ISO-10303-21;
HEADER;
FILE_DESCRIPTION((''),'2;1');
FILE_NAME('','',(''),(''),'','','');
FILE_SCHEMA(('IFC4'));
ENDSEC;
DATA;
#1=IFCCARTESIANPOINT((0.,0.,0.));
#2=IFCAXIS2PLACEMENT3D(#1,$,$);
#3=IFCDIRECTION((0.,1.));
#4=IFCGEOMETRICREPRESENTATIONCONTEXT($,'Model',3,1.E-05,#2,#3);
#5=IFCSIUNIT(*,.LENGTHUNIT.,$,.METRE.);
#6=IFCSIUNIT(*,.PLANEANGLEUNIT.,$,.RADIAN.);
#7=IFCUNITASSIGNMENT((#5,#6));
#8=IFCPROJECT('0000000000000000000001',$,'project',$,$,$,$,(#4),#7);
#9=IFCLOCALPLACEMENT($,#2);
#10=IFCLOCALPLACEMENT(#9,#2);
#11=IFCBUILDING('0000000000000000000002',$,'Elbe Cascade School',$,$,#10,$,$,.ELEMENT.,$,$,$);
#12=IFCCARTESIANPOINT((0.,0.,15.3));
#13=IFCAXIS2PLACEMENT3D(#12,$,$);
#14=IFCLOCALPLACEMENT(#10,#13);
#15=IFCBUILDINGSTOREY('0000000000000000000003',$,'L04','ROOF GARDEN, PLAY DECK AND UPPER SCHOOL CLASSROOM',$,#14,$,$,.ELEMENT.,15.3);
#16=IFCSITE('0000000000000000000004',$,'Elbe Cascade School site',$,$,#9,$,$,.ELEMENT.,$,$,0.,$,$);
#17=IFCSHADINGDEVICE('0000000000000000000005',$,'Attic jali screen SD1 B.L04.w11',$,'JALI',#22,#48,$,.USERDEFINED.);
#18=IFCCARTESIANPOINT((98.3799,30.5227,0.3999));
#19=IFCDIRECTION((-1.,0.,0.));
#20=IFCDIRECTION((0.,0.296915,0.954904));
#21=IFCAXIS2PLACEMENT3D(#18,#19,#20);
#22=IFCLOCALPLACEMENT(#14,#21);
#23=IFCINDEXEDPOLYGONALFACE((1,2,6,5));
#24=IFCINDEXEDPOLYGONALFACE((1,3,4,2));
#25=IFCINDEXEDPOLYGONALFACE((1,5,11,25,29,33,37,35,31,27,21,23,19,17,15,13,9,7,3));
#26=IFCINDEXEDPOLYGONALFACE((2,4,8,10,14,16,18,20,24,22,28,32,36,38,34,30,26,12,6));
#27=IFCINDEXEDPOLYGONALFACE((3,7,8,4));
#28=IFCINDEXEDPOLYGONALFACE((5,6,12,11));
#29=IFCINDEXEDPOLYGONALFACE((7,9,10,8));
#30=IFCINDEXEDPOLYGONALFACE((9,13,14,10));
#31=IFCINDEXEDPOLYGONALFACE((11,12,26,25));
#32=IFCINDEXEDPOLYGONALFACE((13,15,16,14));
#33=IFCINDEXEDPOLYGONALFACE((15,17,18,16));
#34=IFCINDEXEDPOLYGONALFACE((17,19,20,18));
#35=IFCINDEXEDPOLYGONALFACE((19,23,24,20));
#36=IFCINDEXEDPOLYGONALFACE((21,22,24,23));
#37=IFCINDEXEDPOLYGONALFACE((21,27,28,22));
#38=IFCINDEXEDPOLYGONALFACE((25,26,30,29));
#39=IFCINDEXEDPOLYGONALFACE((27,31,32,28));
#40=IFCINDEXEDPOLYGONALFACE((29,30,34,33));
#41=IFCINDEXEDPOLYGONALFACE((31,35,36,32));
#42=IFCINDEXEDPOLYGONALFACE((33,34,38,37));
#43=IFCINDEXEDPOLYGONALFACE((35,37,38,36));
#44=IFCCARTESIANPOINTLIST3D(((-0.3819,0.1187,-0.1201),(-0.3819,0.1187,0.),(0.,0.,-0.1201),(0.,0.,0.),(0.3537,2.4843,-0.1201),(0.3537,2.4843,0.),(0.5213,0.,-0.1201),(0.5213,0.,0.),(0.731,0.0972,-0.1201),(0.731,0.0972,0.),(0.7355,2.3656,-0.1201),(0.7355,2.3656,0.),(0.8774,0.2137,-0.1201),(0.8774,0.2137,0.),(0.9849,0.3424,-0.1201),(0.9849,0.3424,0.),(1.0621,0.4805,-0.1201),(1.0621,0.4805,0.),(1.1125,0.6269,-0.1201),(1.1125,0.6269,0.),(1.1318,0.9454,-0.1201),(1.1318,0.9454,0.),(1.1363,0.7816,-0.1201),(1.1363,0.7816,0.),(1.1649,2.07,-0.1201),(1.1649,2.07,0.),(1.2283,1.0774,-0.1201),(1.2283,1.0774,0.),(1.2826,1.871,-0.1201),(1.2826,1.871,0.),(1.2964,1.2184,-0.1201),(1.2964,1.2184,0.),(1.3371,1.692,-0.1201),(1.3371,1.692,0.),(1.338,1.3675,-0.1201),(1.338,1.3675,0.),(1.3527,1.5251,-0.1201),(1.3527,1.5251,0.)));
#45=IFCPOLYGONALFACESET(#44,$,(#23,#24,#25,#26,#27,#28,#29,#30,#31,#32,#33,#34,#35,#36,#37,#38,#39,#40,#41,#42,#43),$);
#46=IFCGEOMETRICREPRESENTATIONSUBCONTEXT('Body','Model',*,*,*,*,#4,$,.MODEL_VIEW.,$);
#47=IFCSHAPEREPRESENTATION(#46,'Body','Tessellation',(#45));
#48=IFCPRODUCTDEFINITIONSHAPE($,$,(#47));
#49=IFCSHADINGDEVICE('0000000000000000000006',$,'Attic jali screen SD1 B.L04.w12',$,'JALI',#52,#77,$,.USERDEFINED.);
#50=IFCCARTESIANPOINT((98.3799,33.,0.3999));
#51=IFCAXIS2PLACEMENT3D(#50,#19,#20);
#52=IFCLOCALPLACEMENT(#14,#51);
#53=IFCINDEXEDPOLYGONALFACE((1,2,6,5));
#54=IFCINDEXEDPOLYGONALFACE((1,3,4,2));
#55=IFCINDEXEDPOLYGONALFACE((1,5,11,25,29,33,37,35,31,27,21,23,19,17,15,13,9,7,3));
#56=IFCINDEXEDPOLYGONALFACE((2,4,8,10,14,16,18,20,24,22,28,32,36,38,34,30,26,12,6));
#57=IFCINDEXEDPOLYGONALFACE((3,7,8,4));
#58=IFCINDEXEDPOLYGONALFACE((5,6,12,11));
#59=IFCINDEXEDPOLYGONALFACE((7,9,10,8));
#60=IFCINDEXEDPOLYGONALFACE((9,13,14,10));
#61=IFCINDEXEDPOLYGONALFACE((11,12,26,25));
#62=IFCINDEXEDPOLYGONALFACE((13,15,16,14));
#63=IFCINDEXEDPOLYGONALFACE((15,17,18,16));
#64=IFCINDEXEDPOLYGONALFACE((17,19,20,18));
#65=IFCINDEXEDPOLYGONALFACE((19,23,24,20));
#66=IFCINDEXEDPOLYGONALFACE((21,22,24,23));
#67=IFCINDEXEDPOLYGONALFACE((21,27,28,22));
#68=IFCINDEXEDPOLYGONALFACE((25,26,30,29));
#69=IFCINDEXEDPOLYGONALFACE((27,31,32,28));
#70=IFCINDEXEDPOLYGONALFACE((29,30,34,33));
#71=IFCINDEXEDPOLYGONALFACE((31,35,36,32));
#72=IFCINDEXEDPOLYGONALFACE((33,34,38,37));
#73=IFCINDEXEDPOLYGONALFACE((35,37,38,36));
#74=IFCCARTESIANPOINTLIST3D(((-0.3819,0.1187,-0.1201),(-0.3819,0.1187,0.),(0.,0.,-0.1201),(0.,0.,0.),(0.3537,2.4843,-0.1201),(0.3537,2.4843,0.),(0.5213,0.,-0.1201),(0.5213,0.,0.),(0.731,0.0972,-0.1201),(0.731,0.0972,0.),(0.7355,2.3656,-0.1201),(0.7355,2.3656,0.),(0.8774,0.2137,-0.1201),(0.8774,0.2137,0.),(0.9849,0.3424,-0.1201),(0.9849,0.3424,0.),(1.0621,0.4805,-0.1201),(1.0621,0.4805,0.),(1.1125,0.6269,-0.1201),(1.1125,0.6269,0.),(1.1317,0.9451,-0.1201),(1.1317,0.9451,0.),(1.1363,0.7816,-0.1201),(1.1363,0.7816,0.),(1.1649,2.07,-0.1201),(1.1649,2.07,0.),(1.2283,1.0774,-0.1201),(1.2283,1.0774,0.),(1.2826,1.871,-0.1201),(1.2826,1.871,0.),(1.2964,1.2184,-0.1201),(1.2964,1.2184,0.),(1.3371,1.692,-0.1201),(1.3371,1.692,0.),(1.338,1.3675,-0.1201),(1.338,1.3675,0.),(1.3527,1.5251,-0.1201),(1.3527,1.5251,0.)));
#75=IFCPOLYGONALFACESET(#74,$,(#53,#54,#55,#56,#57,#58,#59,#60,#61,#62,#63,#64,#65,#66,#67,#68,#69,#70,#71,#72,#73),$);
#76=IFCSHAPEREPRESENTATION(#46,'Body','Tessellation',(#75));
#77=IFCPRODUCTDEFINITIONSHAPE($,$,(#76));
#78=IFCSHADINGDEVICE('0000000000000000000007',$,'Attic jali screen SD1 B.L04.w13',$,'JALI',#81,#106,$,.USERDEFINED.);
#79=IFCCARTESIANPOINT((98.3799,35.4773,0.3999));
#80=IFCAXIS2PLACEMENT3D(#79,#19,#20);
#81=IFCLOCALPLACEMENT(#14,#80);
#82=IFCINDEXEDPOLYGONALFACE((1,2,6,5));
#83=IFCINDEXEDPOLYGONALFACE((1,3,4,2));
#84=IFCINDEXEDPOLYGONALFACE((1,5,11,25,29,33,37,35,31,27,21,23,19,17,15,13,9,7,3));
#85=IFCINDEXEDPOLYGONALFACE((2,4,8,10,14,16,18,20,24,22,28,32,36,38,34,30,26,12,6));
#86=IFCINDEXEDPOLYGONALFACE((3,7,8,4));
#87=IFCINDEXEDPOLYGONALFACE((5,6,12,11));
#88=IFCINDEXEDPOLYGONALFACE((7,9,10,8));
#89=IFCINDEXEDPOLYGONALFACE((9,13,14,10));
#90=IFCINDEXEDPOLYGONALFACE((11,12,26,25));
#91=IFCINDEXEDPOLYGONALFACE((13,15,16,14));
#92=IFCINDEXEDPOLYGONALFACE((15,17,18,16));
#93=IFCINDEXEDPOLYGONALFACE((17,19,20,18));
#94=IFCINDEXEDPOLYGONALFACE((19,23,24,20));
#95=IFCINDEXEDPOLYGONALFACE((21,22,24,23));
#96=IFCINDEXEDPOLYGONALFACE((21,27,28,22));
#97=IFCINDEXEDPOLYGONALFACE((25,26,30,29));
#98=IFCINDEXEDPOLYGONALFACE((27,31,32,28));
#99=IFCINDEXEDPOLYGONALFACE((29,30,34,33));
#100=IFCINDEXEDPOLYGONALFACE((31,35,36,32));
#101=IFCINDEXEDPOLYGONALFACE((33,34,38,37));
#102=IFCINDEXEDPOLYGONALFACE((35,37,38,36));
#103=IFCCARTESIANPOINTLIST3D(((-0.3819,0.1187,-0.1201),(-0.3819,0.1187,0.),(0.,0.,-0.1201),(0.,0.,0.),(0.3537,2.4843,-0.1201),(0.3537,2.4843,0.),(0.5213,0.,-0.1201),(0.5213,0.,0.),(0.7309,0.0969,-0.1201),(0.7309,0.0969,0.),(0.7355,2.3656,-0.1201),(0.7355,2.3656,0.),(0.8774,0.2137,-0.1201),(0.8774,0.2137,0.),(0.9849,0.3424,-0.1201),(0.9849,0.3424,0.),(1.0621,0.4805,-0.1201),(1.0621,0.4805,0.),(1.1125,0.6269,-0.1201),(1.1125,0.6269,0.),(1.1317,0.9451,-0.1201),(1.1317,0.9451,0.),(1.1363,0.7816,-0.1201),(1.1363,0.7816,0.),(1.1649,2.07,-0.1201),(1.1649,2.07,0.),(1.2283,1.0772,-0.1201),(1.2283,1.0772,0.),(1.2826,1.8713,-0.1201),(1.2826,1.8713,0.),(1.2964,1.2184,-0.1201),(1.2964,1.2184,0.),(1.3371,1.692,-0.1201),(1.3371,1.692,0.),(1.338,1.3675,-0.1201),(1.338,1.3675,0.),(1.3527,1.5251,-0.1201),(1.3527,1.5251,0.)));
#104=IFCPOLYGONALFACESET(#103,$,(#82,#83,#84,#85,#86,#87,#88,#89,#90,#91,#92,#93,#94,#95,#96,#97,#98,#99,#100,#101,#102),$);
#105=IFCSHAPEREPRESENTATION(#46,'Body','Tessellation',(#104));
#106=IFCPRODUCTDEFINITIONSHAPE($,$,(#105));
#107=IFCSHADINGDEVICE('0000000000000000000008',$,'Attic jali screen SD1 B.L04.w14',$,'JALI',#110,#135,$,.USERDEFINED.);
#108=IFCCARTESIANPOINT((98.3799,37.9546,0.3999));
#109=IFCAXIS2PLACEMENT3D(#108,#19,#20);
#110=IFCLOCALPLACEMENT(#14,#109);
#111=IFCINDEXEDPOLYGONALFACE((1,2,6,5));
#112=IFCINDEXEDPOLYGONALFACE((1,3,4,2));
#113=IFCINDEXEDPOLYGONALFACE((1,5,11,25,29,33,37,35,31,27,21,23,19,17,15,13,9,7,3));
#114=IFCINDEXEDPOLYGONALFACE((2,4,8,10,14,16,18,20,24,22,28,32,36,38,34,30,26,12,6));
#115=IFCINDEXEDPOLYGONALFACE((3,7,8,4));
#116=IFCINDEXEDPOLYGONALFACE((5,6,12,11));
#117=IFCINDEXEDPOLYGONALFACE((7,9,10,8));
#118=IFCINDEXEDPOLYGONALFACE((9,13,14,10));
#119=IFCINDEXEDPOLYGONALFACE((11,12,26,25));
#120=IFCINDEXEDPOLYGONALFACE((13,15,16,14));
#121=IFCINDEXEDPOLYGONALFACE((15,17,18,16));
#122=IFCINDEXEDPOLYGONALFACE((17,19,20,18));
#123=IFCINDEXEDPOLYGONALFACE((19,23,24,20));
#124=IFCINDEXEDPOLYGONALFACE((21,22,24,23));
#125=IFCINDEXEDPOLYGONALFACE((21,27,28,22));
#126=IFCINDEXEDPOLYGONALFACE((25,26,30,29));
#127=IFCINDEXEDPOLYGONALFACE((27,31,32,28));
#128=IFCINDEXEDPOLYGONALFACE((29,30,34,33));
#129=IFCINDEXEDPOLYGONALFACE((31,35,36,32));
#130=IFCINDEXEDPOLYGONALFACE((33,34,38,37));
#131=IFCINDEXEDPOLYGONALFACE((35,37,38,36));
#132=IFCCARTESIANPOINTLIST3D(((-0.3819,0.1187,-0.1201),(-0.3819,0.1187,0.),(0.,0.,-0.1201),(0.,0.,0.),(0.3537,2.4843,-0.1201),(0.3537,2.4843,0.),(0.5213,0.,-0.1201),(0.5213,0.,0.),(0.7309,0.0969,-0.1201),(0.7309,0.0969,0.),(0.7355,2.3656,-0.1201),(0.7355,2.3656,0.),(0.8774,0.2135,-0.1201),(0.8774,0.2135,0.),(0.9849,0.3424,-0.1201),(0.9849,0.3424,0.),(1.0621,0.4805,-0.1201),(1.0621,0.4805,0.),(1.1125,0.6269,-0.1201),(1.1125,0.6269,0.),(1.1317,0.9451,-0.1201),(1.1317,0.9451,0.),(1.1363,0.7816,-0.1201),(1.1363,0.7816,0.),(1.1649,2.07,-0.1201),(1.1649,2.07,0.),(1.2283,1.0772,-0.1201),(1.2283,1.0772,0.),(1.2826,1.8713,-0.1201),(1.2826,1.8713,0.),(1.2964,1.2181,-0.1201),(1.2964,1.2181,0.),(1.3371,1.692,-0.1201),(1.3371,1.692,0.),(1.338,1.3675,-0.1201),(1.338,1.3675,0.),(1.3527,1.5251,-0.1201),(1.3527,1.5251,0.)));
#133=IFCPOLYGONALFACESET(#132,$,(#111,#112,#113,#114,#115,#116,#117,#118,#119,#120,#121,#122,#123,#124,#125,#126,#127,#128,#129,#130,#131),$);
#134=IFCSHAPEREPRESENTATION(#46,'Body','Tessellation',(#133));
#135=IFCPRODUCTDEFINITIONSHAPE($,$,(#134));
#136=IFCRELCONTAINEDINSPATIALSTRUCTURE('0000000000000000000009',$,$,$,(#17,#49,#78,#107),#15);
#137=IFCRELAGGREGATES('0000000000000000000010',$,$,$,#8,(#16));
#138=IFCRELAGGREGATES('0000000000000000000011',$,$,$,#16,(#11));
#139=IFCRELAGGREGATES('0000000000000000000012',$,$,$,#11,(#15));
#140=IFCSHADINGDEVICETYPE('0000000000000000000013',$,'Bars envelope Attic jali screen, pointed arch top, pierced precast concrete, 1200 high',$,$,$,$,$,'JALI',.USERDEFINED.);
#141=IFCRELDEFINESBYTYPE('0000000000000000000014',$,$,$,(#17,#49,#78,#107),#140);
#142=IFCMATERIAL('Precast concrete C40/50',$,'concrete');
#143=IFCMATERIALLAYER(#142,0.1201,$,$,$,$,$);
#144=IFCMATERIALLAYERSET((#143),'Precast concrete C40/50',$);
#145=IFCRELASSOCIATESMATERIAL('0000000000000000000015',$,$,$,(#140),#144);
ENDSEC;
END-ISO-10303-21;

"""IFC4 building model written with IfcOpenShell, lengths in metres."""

from ifc_helpers import new_model, si_unit, direction, frame, origin, place, context, subcontext, project, spatial, polyline, outline, extrude, material, layer, layer_set, type_object, element, save


model = new_model("IFC4")

# Units and contexts
model_context = context("Model", 3, precision=1e-05, world=origin(), true_north=direction((0.0, 1.0)))
body_context = subcontext(model_context, "Body", "Model", "MODEL_VIEW")
ifc_project = project(units=[si_unit("LENGTHUNIT", "METRE"), si_unit("PLANEANGLEUNIT", "RADIAN")], contexts=[model_context])

# Site, building, storey
site_placement = place(None, origin())
site = spatial("IfcSite", under=ifc_project, at=site_placement, Name="Elbe Cascade School site", CompositionType="ELEMENT", RefElevation=0.0)
building_placement = place(site_placement, origin())
building = spatial("IfcBuilding", under=site, at=building_placement, Name="Elbe Cascade School", CompositionType="ELEMENT")
storey_placement = place(building_placement, frame((0.0, 0.0, 15.3)))
storey = spatial("IfcBuildingStorey", under=building, at=storey_placement, Name="L04", Description="ROOF GARDEN, PLAY DECK AND UPPER SCHOOL CLASSROOM", CompositionType="ELEMENT", Elevation=15.3)

# Shading devices
ifc_material_1 = material(Name="Precast concrete C40/50", Category="concrete")
ifc_layer_1 = layer(ifc_material_1, 0.1201)
ifc_layer_set_1 = layer_set([ifc_layer_1], Name="Precast concrete C40/50")
shading_device_type_1 = type_object("IfcShadingDeviceType", Name="Bars envelope Attic jali screen, pointed arch top, pierced precast concrete, 1200 high", ElementType="JALI", PredefinedType="USERDEFINED", material=ifc_layer_set_1)
shading_device_1_placement = place(storey_placement, frame((98.3799, 30.5227, 0.3999), z_axis=(-1.0, 0.0, 0.0), x_axis=(0.0, 0.296915, 0.954904)))
element("IfcShadingDevice", 1, at=shading_device_1_placement, inside=storey, type_object=shading_device_type_1, Name="Attic jali screen SD1 B.L04.w11", ObjectType="JALI", PredefinedType="USERDEFINED", context=body_context, shape_type="SweptSolid", body=[
    extrude(outline(polyline([(0.0, 0.0), (0.5213, 0.0), (0.731, 0.0972), (0.8774, 0.2137), (0.9849, 0.3424), (1.0621, 0.4805), (1.1125, 0.6269), (1.1363, 0.7816), (1.1318, 0.9454), (1.2283, 1.0774), (1.2964, 1.2184), (1.338, 1.3675), (1.3527, 1.5251), (1.3371, 1.692), (1.2826, 1.871), (1.1649, 2.07), (0.7355, 2.3656), (0.3537, 2.4843), (-0.3819, 0.1187), (0.0, 0.0)])), origin(), (0.0, 0.0, -1.0), 0.1201),
])
shading_device_2_placement = place(storey_placement, frame((98.3799, 33.0, 0.3999), z_axis=(-1.0, 0.0, 0.0), x_axis=(0.0, 0.296915, 0.954904)))
element("IfcShadingDevice", 2, at=shading_device_2_placement, inside=storey, type_object=shading_device_type_1, Name="Attic jali screen SD1 B.L04.w12", ObjectType="JALI", PredefinedType="USERDEFINED", context=body_context, shape_type="SweptSolid", body=[
    extrude(outline(polyline([(0.0, 0.0), (0.5213, 0.0), (0.731, 0.0972), (0.8774, 0.2137), (0.9849, 0.3424), (1.0621, 0.4805), (1.1125, 0.6269), (1.1363, 0.7816), (1.1317, 0.9451), (1.2283, 1.0774), (1.2964, 1.2184), (1.338, 1.3675), (1.3527, 1.5251), (1.3371, 1.692), (1.2826, 1.871), (1.1649, 2.07), (0.7355, 2.3656), (0.3537, 2.4843), (-0.3819, 0.1187), (0.0, 0.0)])), origin(), (0.0, 0.0, -1.0), 0.1201),
])
shading_device_3_placement = place(storey_placement, frame((98.3799, 35.4773, 0.3999), z_axis=(-1.0, 0.0, 0.0), x_axis=(0.0, 0.296915, 0.954904)))
element("IfcShadingDevice", 3, at=shading_device_3_placement, inside=storey, type_object=shading_device_type_1, Name="Attic jali screen SD1 B.L04.w13", ObjectType="JALI", PredefinedType="USERDEFINED", context=body_context, shape_type="SweptSolid", body=[
    extrude(outline(polyline([(0.0, 0.0), (0.5213, 0.0), (0.7309, 0.0969), (0.8774, 0.2137), (0.9849, 0.3424), (1.0621, 0.4805), (1.1125, 0.6269), (1.1363, 0.7816), (1.1317, 0.9451), (1.2283, 1.0772), (1.2964, 1.2184), (1.338, 1.3675), (1.3527, 1.5251), (1.3371, 1.692), (1.2826, 1.8713), (1.1649, 2.07), (0.7355, 2.3656), (0.3537, 2.4843), (-0.3819, 0.1187), (0.0, 0.0)])), origin(), (0.0, 0.0, -1.0), 0.1201),
])
shading_device_4_placement = place(storey_placement, frame((98.3799, 37.9546, 0.3999), z_axis=(-1.0, 0.0, 0.0), x_axis=(0.0, 0.296915, 0.954904)))
element("IfcShadingDevice", 4, at=shading_device_4_placement, inside=storey, type_object=shading_device_type_1, Name="Attic jali screen SD1 B.L04.w14", ObjectType="JALI", PredefinedType="USERDEFINED", context=body_context, shape_type="SweptSolid", body=[
    extrude(outline(polyline([(0.0, 0.0), (0.5213, 0.0), (0.7309, 0.0969), (0.8774, 0.2135), (0.9849, 0.3424), (1.0621, 0.4805), (1.1125, 0.6269), (1.1363, 0.7816), (1.1317, 0.9451), (1.2283, 1.0772), (1.2964, 1.2181), (1.338, 1.3675), (1.3527, 1.5251), (1.3371, 1.692), (1.2826, 1.8713), (1.1649, 2.07), (0.7355, 2.3656), (0.3537, 2.4843), (-0.3819, 0.1187), (0.0, 0.0)])), origin(), (0.0, 0.0, -1.0), 0.1201),
])

save(model, "model.ifc")
